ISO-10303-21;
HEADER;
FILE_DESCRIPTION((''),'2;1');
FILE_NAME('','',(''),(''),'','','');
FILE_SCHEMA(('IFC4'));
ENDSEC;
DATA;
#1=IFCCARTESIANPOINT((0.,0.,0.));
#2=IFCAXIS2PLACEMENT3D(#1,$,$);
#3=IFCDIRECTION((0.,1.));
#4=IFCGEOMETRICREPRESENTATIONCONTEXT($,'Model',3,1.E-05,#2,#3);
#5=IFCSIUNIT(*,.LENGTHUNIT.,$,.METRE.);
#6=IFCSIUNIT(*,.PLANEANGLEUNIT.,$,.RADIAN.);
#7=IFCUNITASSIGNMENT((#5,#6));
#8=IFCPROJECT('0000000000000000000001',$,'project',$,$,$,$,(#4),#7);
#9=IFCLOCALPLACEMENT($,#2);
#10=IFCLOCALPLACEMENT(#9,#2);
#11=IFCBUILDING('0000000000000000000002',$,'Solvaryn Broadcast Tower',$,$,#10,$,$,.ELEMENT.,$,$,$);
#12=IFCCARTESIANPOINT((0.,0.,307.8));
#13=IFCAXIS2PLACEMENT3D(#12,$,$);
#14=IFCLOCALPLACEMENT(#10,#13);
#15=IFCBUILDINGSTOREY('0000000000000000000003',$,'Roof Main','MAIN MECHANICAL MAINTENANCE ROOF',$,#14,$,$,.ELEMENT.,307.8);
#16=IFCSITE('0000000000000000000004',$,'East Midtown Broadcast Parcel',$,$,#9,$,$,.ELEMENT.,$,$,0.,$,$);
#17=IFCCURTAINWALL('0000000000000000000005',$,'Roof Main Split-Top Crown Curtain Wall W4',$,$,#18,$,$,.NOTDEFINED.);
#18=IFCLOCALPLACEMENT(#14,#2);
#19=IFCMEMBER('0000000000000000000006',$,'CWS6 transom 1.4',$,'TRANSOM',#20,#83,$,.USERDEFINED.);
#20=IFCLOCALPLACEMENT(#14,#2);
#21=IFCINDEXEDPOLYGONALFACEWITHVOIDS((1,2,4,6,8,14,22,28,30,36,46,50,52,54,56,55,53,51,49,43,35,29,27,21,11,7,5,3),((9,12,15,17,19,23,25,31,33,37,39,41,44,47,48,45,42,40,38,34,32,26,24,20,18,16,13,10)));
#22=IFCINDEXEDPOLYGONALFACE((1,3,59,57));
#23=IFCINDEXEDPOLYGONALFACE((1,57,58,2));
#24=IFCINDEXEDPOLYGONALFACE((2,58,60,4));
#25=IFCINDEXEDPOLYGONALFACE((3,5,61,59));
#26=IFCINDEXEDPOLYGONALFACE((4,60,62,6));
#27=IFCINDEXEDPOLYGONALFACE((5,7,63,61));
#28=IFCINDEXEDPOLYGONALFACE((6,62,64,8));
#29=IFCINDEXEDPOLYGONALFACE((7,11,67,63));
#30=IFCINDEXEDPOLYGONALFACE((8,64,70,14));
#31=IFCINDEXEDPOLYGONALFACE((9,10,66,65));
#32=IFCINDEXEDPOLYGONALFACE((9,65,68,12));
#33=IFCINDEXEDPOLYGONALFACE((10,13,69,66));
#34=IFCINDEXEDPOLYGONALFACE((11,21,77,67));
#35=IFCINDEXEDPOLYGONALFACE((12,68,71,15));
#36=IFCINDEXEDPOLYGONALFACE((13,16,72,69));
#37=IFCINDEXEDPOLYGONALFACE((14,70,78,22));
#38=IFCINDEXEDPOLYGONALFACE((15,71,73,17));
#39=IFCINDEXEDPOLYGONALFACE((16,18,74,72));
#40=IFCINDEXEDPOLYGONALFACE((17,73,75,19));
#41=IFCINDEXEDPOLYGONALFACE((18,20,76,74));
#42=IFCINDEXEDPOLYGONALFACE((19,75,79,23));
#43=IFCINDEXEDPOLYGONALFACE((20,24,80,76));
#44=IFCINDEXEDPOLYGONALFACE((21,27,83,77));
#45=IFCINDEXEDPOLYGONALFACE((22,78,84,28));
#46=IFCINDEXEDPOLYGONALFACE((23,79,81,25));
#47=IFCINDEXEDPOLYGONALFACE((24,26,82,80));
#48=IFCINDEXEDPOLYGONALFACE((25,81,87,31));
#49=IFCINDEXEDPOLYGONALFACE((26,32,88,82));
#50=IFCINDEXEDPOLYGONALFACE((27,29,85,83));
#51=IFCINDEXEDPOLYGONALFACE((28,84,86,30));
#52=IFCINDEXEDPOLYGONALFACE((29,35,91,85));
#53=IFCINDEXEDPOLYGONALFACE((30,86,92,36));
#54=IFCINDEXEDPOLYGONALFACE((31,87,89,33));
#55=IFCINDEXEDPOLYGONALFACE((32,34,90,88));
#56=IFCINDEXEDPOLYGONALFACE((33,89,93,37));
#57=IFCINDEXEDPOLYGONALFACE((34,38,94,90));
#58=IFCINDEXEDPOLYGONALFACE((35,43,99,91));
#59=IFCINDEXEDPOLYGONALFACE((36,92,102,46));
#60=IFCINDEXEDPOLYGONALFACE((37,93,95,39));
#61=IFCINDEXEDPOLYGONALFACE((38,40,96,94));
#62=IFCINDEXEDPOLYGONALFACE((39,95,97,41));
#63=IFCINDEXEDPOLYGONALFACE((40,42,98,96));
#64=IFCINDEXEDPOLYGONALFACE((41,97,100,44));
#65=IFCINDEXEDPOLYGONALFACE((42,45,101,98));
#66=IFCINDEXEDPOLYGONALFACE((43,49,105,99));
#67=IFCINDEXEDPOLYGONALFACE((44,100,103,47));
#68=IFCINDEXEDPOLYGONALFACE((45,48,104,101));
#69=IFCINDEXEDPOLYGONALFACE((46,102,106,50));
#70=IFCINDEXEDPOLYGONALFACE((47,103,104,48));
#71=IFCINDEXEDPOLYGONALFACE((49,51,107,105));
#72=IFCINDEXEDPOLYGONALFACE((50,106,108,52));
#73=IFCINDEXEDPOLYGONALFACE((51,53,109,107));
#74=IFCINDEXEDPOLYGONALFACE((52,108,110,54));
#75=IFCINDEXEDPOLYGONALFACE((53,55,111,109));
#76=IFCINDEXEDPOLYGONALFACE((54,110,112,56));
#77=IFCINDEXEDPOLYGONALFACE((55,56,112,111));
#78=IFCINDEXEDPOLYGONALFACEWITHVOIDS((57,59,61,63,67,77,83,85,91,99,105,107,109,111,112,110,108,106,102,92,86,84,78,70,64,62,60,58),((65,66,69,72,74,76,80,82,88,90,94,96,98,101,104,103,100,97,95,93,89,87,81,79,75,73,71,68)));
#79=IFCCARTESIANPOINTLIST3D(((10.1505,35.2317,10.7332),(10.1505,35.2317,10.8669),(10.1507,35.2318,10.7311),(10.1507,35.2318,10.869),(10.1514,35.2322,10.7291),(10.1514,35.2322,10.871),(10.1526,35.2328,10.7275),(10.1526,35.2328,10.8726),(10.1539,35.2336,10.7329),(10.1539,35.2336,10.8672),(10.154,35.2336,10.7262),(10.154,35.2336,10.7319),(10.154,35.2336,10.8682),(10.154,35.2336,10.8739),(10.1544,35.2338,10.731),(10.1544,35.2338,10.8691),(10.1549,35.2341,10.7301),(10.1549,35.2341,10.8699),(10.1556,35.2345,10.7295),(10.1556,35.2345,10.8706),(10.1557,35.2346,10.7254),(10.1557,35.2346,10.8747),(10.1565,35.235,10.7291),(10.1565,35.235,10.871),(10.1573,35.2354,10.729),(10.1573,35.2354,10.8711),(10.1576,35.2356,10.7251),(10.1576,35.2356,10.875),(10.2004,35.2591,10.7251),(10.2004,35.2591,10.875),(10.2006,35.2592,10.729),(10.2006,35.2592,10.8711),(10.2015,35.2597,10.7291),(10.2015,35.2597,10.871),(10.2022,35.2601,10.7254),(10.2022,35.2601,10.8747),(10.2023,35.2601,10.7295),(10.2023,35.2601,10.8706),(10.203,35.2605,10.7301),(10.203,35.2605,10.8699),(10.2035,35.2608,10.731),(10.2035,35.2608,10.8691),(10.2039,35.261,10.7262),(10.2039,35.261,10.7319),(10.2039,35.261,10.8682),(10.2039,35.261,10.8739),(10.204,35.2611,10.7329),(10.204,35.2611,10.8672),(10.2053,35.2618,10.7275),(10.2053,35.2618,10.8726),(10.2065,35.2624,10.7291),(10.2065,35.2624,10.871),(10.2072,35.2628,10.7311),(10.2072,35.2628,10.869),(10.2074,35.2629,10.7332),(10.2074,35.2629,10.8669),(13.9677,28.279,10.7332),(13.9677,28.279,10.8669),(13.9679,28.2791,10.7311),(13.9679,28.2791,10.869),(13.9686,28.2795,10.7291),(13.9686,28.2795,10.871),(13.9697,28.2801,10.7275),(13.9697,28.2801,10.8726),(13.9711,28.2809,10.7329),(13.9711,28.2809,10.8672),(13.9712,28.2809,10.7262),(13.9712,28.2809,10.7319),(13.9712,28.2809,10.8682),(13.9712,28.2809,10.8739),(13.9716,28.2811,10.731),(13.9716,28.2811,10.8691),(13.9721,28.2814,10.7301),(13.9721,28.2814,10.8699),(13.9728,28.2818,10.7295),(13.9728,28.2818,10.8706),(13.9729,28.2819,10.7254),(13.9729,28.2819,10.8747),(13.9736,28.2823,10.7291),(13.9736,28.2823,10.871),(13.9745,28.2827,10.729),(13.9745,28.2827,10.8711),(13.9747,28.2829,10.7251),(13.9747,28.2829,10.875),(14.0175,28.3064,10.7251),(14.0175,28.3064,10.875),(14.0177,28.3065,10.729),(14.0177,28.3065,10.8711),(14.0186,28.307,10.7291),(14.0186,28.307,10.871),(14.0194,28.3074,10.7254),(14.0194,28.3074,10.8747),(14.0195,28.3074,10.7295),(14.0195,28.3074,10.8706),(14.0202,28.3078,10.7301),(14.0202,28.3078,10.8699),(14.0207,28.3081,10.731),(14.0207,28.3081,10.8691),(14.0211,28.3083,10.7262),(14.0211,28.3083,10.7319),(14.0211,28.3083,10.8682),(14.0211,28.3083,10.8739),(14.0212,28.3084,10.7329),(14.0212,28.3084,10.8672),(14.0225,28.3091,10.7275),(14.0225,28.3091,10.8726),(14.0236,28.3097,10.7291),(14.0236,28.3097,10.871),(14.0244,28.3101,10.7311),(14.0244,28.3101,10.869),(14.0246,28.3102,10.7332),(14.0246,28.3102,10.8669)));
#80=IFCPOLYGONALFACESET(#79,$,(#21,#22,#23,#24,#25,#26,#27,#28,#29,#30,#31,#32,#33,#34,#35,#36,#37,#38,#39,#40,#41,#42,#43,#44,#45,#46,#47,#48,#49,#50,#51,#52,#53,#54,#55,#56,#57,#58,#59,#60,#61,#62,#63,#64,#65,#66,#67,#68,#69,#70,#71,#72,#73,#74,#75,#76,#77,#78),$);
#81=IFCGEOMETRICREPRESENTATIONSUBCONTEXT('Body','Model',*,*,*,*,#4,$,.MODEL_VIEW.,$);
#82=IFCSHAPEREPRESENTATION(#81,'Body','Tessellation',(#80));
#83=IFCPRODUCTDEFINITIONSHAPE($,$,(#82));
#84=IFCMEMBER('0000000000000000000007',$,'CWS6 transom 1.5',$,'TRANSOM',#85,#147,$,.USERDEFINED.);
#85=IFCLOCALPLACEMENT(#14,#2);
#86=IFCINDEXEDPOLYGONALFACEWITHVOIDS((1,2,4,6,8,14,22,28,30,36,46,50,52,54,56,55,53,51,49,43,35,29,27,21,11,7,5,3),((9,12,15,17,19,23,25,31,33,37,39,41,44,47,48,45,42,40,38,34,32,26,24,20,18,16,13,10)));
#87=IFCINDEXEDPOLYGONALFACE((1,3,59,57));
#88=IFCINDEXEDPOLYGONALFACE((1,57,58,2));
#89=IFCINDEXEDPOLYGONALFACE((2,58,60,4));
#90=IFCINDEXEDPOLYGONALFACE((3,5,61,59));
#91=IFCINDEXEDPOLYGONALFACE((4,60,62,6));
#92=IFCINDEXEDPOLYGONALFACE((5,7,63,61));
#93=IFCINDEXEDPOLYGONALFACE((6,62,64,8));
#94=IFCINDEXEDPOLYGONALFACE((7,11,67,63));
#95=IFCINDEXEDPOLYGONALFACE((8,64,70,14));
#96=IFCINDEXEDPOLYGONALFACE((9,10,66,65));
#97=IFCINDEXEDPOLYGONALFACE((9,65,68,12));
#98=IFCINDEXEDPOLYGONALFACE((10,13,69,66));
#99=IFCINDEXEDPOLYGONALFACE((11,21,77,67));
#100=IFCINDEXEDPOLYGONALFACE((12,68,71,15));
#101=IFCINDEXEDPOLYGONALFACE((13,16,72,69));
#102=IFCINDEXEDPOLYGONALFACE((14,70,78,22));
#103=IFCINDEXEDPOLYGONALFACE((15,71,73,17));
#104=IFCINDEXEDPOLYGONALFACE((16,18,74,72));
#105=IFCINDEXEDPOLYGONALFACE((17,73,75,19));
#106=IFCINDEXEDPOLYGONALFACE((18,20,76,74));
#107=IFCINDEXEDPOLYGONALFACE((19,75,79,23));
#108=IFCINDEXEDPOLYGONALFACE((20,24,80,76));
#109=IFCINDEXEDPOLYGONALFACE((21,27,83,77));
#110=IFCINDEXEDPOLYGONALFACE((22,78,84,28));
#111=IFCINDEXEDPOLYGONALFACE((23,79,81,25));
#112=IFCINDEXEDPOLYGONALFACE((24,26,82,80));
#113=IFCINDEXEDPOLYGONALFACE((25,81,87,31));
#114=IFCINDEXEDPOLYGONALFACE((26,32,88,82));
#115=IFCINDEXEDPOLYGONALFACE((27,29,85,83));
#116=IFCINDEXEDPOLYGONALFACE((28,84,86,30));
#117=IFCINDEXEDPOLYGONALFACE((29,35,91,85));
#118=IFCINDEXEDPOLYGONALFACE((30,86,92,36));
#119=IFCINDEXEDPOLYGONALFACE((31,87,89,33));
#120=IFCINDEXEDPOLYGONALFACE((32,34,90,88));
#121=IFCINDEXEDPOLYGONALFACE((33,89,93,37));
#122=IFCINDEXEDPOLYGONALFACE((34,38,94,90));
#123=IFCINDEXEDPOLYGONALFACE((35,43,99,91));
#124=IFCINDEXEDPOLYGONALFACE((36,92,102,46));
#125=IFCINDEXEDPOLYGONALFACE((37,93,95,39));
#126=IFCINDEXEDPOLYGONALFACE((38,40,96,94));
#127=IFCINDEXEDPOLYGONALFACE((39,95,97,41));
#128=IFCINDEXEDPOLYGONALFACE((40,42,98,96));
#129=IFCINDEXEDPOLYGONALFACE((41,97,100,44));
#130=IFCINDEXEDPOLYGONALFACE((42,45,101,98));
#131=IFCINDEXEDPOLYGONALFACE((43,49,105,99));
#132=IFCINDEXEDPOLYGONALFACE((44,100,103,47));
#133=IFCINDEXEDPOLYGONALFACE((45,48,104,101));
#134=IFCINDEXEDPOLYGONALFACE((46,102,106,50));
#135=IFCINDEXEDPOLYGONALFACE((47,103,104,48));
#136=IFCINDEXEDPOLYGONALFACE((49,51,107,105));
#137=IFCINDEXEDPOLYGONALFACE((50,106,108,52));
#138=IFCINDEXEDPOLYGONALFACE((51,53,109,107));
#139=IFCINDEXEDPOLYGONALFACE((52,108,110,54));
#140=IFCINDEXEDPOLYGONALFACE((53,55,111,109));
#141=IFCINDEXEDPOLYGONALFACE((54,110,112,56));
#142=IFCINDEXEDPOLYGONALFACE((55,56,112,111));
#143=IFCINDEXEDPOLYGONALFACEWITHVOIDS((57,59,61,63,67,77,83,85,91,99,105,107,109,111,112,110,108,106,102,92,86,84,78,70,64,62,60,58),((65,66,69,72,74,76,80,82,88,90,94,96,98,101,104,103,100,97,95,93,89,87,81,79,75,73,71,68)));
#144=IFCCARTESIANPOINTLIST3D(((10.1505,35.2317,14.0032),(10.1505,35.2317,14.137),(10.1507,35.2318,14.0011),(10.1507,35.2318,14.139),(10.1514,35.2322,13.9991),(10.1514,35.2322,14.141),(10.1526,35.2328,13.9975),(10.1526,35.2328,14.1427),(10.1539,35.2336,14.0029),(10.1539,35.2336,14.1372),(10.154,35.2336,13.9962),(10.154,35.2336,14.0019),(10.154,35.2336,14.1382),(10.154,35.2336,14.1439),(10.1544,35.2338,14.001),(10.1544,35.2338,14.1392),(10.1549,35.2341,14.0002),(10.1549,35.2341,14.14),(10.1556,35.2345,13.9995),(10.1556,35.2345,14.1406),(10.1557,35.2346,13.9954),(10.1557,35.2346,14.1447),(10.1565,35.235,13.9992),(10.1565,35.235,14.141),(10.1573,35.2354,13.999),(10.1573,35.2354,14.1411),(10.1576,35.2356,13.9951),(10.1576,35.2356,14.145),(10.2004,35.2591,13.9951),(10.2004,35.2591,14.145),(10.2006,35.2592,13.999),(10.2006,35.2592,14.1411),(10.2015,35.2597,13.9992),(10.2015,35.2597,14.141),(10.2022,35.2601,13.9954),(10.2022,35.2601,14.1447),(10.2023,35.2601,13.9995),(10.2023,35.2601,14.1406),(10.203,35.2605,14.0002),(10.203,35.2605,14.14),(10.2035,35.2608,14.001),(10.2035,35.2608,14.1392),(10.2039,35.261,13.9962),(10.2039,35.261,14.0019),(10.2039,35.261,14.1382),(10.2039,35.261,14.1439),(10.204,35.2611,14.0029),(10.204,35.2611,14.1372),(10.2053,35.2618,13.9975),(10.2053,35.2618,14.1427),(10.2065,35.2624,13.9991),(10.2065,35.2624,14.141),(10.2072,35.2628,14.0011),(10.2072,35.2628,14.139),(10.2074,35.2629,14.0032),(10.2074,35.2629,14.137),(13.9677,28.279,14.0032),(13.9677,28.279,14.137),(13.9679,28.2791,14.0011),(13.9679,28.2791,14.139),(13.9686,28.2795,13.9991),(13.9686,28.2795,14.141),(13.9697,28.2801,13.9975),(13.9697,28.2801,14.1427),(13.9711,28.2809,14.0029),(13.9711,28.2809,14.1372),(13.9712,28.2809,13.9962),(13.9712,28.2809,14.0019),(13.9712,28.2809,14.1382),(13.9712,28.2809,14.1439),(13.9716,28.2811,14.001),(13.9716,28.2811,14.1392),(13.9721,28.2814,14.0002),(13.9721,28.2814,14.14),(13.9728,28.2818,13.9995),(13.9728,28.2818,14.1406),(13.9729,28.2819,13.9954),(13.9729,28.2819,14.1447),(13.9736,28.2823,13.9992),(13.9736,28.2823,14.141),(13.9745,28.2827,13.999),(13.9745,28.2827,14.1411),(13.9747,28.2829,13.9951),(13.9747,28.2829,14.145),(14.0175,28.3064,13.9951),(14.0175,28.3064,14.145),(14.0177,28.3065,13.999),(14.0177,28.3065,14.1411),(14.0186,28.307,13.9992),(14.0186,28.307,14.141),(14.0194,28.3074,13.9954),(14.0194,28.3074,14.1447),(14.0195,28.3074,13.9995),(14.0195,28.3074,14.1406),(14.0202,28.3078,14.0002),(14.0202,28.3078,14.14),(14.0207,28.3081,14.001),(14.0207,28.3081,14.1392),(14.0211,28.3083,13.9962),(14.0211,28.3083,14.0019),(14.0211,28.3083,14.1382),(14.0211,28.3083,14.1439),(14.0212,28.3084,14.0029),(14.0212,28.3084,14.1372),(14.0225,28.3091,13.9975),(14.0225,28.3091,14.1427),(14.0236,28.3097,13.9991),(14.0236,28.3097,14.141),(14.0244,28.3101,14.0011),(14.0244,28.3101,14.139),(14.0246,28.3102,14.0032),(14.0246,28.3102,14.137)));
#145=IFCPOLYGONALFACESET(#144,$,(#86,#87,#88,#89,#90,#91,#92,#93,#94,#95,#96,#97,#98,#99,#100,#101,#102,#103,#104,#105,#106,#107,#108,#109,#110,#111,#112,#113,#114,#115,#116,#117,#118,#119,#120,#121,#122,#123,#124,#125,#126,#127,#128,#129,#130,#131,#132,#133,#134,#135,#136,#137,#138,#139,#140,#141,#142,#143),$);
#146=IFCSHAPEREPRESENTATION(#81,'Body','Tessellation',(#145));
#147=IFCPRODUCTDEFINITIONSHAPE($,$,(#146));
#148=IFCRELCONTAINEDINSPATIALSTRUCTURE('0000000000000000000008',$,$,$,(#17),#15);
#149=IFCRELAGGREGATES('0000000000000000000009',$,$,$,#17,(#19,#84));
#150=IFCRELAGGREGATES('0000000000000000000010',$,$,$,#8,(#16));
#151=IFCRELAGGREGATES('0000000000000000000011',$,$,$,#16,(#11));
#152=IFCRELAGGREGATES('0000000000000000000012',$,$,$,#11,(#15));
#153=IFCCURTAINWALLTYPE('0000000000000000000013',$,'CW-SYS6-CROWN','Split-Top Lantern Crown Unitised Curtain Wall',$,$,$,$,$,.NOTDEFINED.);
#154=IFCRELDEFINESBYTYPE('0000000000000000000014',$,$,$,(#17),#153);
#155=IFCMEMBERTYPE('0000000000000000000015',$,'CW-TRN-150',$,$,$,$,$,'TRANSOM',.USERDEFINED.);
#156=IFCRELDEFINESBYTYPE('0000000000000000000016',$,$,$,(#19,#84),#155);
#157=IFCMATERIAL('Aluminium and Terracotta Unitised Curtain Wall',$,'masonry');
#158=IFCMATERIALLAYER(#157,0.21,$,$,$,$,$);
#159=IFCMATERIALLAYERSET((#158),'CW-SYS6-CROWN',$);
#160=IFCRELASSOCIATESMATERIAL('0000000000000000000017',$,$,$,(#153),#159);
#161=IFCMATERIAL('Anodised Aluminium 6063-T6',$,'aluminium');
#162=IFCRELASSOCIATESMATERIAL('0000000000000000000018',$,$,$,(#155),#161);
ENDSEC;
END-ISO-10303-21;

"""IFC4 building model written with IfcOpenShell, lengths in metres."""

from ifc_helpers import new_model, si_unit, direction, frame, origin, origin_2d, place, context, subcontext, project, spatial, hollow_rectangle, extrude, material, layer, layer_set, material_profile, profile_set, type_object, element, aggregate, save


model = new_model("IFC4")

# Units and contexts
model_context = context("Model", 3, precision=1e-05, world=origin(), true_north=direction((0.0, 1.0)))
body_context = subcontext(model_context, "Body", "Model", "MODEL_VIEW")
ifc_project = project(units=[si_unit("LENGTHUNIT", "METRE"), si_unit("PLANEANGLEUNIT", "RADIAN")], contexts=[model_context])

# Site, building, storey
site_placement = place(None, origin())
site = spatial("IfcSite", under=ifc_project, at=site_placement, Name="East Midtown Broadcast Parcel", CompositionType="ELEMENT", RefElevation=0.0)
building_placement = place(site_placement, origin())
building = spatial("IfcBuilding", under=site, at=building_placement, Name="Solvaryn Broadcast Tower", CompositionType="ELEMENT")
storey_placement = place(building_placement, frame((0.0, 0.0, 307.8)))
storey = spatial("IfcBuildingStorey", under=building, at=storey_placement, Name="Roof Main", Description="MAIN MECHANICAL MAINTENANCE ROOF", CompositionType="ELEMENT", Elevation=307.8)

# Curtain wall
ifc_material_1 = material(Name="Aluminium and Terracotta Unitised Curtain Wall", Category="masonry")
ifc_layer_1 = layer(ifc_material_1, 0.21)
ifc_layer_set_1 = layer_set([ifc_layer_1], Name="CW-SYS6-CROWN")
curtain_wall_type = type_object("IfcCurtainWallType", Name="CW-SYS6-CROWN", Description="Split-Top Lantern Crown Unitised Curtain Wall", PredefinedType="NOTDEFINED", material=ifc_layer_set_1)
curtain_wall_1_placement = place(storey_placement, origin())
curtain_wall_1 = element("IfcCurtainWall", 1, at=curtain_wall_1_placement, inside=storey, type_object=curtain_wall_type, Name="Roof Main Split-Top Crown Curtain Wall W4", PredefinedType="NOTDEFINED")

# Members
ifc_material_2 = material(Name="Anodised Aluminium 6063-T6", Category="aluminium")
ifc_material_profile_1 = material_profile(ifc_material_2, hollow_rectangle(XDim=0.0649, YDim=0.1499, WallThickness=0.0039, InnerFilletRadius=0.0039, OuterFilletRadius=0.0081, at=origin_2d()))
ifc_profile_set_1 = profile_set([ifc_material_profile_1], Name="Anodised Aluminium 6063-T6")
member_type_1 = type_object("IfcMemberType", Name="CW-TRN-150", ElementType="TRANSOM", PredefinedType="USERDEFINED", material=ifc_profile_set_1)
member_1_placement = place(storey_placement, frame((10.179, 35.2473, 10.8), z_axis=(0.481259, -0.876578, 0.0), x_axis=(0.876578, 0.481259, 0.0)))
member_1 = element("IfcMember", 2, at=member_1_placement, type_object=member_type_1, Name="CWS6 transom 1.4", ObjectType="TRANSOM", PredefinedType="USERDEFINED", context=body_context, shape_type="SweptSolid", body=[
    extrude(hollow_rectangle(XDim=0.0649, YDim=0.1499, WallThickness=0.0039, InnerFilletRadius=0.0039, OuterFilletRadius=0.0081, at=origin_2d()), origin(), (0.0, 0.0, 1.0), 7.9316),
])
member_2_placement = place(storey_placement, frame((10.179, 35.2473, 14.0701), z_axis=(0.481259, -0.876578, 0.0), x_axis=(0.876578, 0.481259, 0.0)))
member_2 = element("IfcMember", 3, at=member_2_placement, type_object=member_type_1, Name="CWS6 transom 1.5", ObjectType="TRANSOM", PredefinedType="USERDEFINED", context=body_context, shape_type="SweptSolid", body=[
    extrude(hollow_rectangle(XDim=0.0649, YDim=0.1499, WallThickness=0.0039, InnerFilletRadius=0.0039, OuterFilletRadius=0.0081, at=origin_2d()), origin(), (0.0, 0.0, 1.0), 7.9316),
])

aggregate(curtain_wall_1, [member_1, member_2])

save(model, "model.ifc")
